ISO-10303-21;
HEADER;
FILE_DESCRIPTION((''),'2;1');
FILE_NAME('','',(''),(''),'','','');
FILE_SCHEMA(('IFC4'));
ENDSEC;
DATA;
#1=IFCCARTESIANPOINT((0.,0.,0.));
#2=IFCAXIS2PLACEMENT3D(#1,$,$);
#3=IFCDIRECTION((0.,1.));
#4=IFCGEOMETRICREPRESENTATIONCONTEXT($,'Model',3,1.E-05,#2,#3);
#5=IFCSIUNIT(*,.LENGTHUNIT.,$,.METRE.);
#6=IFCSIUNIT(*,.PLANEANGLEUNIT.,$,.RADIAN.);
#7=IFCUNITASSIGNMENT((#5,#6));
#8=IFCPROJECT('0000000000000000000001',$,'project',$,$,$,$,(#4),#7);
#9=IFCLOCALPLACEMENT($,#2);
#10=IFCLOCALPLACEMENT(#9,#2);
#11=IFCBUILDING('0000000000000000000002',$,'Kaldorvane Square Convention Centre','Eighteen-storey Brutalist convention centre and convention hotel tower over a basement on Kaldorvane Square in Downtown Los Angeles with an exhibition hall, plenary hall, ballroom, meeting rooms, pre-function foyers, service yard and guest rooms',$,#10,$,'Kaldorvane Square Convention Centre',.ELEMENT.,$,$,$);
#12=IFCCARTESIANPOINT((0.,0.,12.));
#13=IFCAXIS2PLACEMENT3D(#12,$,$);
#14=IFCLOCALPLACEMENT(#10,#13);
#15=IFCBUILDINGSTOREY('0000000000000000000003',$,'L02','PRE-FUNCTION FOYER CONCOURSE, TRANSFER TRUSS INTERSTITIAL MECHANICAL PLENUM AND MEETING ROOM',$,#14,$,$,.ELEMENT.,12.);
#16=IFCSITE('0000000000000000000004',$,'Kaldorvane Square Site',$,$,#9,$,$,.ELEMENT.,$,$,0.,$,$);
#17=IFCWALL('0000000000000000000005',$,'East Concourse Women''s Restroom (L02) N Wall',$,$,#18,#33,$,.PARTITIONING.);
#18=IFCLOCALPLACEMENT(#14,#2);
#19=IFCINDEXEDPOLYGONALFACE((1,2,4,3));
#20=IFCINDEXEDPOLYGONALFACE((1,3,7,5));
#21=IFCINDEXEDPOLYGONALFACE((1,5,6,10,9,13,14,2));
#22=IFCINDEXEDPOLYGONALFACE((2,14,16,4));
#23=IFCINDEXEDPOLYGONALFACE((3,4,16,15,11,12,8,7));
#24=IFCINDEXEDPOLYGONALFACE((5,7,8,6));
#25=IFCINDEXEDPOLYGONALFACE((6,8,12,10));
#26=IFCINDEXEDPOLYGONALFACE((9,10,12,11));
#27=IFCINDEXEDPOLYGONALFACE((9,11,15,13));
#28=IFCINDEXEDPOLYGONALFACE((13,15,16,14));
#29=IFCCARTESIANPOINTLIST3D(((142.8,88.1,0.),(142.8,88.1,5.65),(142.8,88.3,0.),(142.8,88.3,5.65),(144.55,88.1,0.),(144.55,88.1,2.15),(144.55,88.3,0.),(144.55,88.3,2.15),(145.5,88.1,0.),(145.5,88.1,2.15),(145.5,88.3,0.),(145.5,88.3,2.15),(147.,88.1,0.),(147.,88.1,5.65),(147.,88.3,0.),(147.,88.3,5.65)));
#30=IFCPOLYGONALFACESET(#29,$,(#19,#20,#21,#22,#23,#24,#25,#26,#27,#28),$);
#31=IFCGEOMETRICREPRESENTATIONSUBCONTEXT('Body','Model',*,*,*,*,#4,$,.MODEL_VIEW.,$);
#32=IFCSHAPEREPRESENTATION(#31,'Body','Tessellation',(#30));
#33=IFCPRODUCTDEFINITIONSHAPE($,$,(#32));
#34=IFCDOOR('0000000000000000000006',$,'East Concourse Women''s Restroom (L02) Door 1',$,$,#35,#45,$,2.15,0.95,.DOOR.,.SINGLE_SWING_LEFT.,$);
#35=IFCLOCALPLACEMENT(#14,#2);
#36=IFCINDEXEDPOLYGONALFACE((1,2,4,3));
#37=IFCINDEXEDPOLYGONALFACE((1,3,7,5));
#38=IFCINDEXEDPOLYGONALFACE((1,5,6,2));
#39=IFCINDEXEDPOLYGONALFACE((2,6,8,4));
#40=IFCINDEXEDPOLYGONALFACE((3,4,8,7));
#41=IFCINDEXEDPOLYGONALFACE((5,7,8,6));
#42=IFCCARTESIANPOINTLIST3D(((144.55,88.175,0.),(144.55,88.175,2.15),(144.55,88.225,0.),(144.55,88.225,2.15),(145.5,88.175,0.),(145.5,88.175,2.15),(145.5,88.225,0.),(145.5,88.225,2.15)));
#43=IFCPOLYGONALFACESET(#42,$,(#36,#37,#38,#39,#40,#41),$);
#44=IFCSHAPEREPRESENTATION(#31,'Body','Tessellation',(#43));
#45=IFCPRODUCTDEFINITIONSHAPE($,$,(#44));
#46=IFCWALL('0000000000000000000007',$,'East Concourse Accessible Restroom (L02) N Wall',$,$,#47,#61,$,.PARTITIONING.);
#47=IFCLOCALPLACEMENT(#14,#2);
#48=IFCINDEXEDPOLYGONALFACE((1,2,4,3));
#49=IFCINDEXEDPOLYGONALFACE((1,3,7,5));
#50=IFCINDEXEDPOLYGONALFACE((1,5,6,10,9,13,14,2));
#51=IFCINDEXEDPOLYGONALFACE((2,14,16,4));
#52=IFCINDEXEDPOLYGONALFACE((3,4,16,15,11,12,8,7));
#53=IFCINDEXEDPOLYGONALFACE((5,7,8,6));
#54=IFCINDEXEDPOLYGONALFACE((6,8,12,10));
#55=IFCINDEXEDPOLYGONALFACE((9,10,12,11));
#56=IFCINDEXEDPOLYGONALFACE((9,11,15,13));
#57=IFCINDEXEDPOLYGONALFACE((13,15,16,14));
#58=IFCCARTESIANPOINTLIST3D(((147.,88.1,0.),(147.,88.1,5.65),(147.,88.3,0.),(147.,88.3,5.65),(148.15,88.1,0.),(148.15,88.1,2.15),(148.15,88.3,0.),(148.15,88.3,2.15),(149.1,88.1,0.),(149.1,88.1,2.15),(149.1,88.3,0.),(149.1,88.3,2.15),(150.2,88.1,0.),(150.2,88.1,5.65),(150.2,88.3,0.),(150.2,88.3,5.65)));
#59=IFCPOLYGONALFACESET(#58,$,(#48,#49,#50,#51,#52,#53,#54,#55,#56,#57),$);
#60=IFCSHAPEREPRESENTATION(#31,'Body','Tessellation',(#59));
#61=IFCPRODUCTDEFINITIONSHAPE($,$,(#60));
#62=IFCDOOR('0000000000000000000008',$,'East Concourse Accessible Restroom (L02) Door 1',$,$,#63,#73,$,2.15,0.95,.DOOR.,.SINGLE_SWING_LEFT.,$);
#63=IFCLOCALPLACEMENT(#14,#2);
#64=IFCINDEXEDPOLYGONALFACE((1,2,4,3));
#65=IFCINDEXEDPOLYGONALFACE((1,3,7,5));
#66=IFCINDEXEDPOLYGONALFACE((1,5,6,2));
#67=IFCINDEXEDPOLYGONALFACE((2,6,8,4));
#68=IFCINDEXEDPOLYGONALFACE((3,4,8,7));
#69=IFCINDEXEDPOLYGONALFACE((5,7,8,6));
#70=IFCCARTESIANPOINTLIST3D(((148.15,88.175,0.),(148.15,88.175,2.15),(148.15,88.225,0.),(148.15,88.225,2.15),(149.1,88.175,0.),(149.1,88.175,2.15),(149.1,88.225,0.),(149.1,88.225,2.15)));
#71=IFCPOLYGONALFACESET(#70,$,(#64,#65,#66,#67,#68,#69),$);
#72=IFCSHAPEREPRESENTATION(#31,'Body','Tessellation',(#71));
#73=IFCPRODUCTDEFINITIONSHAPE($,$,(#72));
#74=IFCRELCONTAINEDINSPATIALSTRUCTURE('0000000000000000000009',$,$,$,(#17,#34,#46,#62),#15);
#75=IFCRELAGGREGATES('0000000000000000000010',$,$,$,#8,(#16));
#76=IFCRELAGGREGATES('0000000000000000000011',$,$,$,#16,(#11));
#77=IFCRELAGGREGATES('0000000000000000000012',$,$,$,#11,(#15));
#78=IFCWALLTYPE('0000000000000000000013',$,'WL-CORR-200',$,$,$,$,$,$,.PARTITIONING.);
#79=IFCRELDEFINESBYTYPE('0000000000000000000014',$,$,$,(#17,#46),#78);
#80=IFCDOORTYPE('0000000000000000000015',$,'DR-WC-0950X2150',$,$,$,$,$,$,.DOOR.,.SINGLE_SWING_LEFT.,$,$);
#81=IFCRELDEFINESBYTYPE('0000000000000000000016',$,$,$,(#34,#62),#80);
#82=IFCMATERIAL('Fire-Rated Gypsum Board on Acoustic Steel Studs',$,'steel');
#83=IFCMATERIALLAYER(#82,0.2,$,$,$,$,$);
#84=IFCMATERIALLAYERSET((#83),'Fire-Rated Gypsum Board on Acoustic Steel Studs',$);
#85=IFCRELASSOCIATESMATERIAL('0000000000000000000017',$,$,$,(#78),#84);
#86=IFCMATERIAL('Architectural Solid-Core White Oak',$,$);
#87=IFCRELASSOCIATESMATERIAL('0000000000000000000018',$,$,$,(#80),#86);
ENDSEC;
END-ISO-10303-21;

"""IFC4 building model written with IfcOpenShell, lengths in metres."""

from ifc_helpers import new_model, si_unit, direction, frame, frame_2d, origin, place, context, subcontext, project, spatial, rectangle, extrude, material, layer, layer_set, type_object, element, fill, save


model = new_model("IFC4")

# Units and contexts
model_context = context("Model", 3, precision=1e-05, world=origin(), true_north=direction((0.0, 1.0)))
body_context = subcontext(model_context, "Body", "Model", "MODEL_VIEW")
ifc_project = project(units=[si_unit("LENGTHUNIT", "METRE"), si_unit("PLANEANGLEUNIT", "RADIAN")], contexts=[model_context])

# Site, building, storey
site_placement = place(None, origin())
site = spatial("IfcSite", under=ifc_project, at=site_placement, Name="Kaldorvane Square Site", CompositionType="ELEMENT", RefElevation=0.0)
building_placement = place(site_placement, origin())
building = spatial("IfcBuilding", under=site, at=building_placement, Name="Kaldorvane Square Convention Centre", Description="Eighteen-storey Brutalist convention centre and convention hotel tower over a basement on Kaldorvane Square in Downtown Los Angeles with an exhibition hall, plenary hall, ballroom, meeting rooms, pre-function foyers, service yard and guest rooms", LongName="Kaldorvane Square Convention Centre", CompositionType="ELEMENT")
storey_placement = place(building_placement, frame((0.0, 0.0, 12.0)))
storey = spatial("IfcBuildingStorey", under=building, at=storey_placement, Name="L02", Description="PRE-FUNCTION FOYER CONCOURSE, TRANSFER TRUSS INTERSTITIAL MECHANICAL PLENUM AND MEETING ROOM", CompositionType="ELEMENT", Elevation=12.0)

# Shared definitions
ifc_material_1 = material(Name="Architectural Solid-Core White Oak")

# Shared definitions
ifc_material_2 = material(Name="Fire-Rated Gypsum Board on Acoustic Steel Studs", Category="steel")
ifc_layer_1 = layer(ifc_material_2, 0.2)
ifc_layer_set_1 = layer_set([ifc_layer_1], Name="Fire-Rated Gypsum Board on Acoustic Steel Studs")
wall_type_1 = type_object("IfcWallType", Name="WL-CORR-200", PredefinedType="PARTITIONING", material=ifc_layer_set_1)

# Walls, openings, doors
door_type_1 = type_object("IfcDoorType", Name="DR-WC-0950X2150", OperationType="SINGLE_SWING_LEFT", PredefinedType="DOOR", material=ifc_material_1)
wall_1_placement = place(storey_placement, frame((147.0, 88.2, 0.0), z_axis=(0.0, 0.0, 1.0), x_axis=(-1.0, 0.0, 0.0)))
wall_1 = element("IfcWall", 1, at=wall_1_placement, inside=storey, type_object=wall_type_1, Name="East Concourse Women's Restroom (L02) N Wall", PredefinedType="PARTITIONING", context=body_context, shape_type="SweptSolid", body=[
    extrude(rectangle(XDim=4.2, YDim=0.2, at=frame_2d((2.1, 0.0))), origin(), (0.0, 0.0, 1.0), 5.65),
])
opening_1_placement = place(wall_1_placement, frame((1.5, 0.0, 0.0)))
opening_1 = element("IfcOpeningElement", 2, at=opening_1_placement, cuts=wall_1, PredefinedType="OPENING", context=body_context, shape_type="SweptSolid", body=[
    extrude(rectangle(XDim=0.95, YDim=2.15, at=frame_2d((0.475, 1.075))), frame((0.0, 0.115, 0.0), z_axis=(0.0, -1.0, 0.0), x_axis=(1.0, 0.0, 0.0)), (0.0, 0.0, 1.0), 0.23),
])
door_1_placement = place(opening_1_placement, origin())
door_1 = element("IfcDoor", 3, at=door_1_placement, inside=storey, type_object=door_type_1, Name="East Concourse Women's Restroom (L02) Door 1", OperationType="SINGLE_SWING_LEFT", OverallHeight=2.15, OverallWidth=0.95, PredefinedType="DOOR", context=body_context, shape_type="SweptSolid", body=[
    extrude(rectangle(XDim=0.95, YDim=2.15, at=frame_2d((0.475, 1.075))), frame((0.0, 0.025, 0.0), z_axis=(0.0, -1.0, 0.0), x_axis=(1.0, 0.0, 0.0)), (0.0, 0.0, 1.0), 0.05),
])
fill(opening_1, door_1)
wall_2_placement = place(storey_placement, frame((150.2, 88.2, 0.0), z_axis=(0.0, 0.0, 1.0), x_axis=(-1.0, 0.0, 0.0)))
wall_2 = element("IfcWall", 4, at=wall_2_placement, inside=storey, type_object=wall_type_1, Name="East Concourse Accessible Restroom (L02) N Wall", PredefinedType="PARTITIONING", context=body_context, shape_type="SweptSolid", body=[
    extrude(rectangle(XDim=3.2, YDim=0.2, at=frame_2d((1.6, 0.0))), origin(), (0.0, 0.0, 1.0), 5.65),
])
opening_2_placement = place(wall_2_placement, frame((1.1, 0.0, 0.0)))
opening_2 = element("IfcOpeningElement", 5, at=opening_2_placement, cuts=wall_2, PredefinedType="OPENING", context=body_context, shape_type="SweptSolid", body=[
    extrude(rectangle(XDim=0.95, YDim=2.15, at=frame_2d((0.475, 1.075))), frame((0.0, 0.115, 0.0), z_axis=(0.0, -1.0, 0.0), x_axis=(1.0, 0.0, 0.0)), (0.0, 0.0, 1.0), 0.23),
])
door_2_placement = place(opening_2_placement, origin())
door_2 = element("IfcDoor", 6, at=door_2_placement, inside=storey, type_object=door_type_1, Name="East Concourse Accessible Restroom (L02) Door 1", OperationType="SINGLE_SWING_LEFT", OverallHeight=2.15, OverallWidth=0.95, PredefinedType="DOOR", context=body_context, shape_type="SweptSolid", body=[
    extrude(rectangle(XDim=0.95, YDim=2.15, at=frame_2d((0.475, 1.075))), frame((0.0, 0.025, 0.0), z_axis=(0.0, -1.0, 0.0), x_axis=(1.0, 0.0, 0.0)), (0.0, 0.0, 1.0), 0.05),
])
fill(opening_2, door_2)

save(model, "model.ifc")
